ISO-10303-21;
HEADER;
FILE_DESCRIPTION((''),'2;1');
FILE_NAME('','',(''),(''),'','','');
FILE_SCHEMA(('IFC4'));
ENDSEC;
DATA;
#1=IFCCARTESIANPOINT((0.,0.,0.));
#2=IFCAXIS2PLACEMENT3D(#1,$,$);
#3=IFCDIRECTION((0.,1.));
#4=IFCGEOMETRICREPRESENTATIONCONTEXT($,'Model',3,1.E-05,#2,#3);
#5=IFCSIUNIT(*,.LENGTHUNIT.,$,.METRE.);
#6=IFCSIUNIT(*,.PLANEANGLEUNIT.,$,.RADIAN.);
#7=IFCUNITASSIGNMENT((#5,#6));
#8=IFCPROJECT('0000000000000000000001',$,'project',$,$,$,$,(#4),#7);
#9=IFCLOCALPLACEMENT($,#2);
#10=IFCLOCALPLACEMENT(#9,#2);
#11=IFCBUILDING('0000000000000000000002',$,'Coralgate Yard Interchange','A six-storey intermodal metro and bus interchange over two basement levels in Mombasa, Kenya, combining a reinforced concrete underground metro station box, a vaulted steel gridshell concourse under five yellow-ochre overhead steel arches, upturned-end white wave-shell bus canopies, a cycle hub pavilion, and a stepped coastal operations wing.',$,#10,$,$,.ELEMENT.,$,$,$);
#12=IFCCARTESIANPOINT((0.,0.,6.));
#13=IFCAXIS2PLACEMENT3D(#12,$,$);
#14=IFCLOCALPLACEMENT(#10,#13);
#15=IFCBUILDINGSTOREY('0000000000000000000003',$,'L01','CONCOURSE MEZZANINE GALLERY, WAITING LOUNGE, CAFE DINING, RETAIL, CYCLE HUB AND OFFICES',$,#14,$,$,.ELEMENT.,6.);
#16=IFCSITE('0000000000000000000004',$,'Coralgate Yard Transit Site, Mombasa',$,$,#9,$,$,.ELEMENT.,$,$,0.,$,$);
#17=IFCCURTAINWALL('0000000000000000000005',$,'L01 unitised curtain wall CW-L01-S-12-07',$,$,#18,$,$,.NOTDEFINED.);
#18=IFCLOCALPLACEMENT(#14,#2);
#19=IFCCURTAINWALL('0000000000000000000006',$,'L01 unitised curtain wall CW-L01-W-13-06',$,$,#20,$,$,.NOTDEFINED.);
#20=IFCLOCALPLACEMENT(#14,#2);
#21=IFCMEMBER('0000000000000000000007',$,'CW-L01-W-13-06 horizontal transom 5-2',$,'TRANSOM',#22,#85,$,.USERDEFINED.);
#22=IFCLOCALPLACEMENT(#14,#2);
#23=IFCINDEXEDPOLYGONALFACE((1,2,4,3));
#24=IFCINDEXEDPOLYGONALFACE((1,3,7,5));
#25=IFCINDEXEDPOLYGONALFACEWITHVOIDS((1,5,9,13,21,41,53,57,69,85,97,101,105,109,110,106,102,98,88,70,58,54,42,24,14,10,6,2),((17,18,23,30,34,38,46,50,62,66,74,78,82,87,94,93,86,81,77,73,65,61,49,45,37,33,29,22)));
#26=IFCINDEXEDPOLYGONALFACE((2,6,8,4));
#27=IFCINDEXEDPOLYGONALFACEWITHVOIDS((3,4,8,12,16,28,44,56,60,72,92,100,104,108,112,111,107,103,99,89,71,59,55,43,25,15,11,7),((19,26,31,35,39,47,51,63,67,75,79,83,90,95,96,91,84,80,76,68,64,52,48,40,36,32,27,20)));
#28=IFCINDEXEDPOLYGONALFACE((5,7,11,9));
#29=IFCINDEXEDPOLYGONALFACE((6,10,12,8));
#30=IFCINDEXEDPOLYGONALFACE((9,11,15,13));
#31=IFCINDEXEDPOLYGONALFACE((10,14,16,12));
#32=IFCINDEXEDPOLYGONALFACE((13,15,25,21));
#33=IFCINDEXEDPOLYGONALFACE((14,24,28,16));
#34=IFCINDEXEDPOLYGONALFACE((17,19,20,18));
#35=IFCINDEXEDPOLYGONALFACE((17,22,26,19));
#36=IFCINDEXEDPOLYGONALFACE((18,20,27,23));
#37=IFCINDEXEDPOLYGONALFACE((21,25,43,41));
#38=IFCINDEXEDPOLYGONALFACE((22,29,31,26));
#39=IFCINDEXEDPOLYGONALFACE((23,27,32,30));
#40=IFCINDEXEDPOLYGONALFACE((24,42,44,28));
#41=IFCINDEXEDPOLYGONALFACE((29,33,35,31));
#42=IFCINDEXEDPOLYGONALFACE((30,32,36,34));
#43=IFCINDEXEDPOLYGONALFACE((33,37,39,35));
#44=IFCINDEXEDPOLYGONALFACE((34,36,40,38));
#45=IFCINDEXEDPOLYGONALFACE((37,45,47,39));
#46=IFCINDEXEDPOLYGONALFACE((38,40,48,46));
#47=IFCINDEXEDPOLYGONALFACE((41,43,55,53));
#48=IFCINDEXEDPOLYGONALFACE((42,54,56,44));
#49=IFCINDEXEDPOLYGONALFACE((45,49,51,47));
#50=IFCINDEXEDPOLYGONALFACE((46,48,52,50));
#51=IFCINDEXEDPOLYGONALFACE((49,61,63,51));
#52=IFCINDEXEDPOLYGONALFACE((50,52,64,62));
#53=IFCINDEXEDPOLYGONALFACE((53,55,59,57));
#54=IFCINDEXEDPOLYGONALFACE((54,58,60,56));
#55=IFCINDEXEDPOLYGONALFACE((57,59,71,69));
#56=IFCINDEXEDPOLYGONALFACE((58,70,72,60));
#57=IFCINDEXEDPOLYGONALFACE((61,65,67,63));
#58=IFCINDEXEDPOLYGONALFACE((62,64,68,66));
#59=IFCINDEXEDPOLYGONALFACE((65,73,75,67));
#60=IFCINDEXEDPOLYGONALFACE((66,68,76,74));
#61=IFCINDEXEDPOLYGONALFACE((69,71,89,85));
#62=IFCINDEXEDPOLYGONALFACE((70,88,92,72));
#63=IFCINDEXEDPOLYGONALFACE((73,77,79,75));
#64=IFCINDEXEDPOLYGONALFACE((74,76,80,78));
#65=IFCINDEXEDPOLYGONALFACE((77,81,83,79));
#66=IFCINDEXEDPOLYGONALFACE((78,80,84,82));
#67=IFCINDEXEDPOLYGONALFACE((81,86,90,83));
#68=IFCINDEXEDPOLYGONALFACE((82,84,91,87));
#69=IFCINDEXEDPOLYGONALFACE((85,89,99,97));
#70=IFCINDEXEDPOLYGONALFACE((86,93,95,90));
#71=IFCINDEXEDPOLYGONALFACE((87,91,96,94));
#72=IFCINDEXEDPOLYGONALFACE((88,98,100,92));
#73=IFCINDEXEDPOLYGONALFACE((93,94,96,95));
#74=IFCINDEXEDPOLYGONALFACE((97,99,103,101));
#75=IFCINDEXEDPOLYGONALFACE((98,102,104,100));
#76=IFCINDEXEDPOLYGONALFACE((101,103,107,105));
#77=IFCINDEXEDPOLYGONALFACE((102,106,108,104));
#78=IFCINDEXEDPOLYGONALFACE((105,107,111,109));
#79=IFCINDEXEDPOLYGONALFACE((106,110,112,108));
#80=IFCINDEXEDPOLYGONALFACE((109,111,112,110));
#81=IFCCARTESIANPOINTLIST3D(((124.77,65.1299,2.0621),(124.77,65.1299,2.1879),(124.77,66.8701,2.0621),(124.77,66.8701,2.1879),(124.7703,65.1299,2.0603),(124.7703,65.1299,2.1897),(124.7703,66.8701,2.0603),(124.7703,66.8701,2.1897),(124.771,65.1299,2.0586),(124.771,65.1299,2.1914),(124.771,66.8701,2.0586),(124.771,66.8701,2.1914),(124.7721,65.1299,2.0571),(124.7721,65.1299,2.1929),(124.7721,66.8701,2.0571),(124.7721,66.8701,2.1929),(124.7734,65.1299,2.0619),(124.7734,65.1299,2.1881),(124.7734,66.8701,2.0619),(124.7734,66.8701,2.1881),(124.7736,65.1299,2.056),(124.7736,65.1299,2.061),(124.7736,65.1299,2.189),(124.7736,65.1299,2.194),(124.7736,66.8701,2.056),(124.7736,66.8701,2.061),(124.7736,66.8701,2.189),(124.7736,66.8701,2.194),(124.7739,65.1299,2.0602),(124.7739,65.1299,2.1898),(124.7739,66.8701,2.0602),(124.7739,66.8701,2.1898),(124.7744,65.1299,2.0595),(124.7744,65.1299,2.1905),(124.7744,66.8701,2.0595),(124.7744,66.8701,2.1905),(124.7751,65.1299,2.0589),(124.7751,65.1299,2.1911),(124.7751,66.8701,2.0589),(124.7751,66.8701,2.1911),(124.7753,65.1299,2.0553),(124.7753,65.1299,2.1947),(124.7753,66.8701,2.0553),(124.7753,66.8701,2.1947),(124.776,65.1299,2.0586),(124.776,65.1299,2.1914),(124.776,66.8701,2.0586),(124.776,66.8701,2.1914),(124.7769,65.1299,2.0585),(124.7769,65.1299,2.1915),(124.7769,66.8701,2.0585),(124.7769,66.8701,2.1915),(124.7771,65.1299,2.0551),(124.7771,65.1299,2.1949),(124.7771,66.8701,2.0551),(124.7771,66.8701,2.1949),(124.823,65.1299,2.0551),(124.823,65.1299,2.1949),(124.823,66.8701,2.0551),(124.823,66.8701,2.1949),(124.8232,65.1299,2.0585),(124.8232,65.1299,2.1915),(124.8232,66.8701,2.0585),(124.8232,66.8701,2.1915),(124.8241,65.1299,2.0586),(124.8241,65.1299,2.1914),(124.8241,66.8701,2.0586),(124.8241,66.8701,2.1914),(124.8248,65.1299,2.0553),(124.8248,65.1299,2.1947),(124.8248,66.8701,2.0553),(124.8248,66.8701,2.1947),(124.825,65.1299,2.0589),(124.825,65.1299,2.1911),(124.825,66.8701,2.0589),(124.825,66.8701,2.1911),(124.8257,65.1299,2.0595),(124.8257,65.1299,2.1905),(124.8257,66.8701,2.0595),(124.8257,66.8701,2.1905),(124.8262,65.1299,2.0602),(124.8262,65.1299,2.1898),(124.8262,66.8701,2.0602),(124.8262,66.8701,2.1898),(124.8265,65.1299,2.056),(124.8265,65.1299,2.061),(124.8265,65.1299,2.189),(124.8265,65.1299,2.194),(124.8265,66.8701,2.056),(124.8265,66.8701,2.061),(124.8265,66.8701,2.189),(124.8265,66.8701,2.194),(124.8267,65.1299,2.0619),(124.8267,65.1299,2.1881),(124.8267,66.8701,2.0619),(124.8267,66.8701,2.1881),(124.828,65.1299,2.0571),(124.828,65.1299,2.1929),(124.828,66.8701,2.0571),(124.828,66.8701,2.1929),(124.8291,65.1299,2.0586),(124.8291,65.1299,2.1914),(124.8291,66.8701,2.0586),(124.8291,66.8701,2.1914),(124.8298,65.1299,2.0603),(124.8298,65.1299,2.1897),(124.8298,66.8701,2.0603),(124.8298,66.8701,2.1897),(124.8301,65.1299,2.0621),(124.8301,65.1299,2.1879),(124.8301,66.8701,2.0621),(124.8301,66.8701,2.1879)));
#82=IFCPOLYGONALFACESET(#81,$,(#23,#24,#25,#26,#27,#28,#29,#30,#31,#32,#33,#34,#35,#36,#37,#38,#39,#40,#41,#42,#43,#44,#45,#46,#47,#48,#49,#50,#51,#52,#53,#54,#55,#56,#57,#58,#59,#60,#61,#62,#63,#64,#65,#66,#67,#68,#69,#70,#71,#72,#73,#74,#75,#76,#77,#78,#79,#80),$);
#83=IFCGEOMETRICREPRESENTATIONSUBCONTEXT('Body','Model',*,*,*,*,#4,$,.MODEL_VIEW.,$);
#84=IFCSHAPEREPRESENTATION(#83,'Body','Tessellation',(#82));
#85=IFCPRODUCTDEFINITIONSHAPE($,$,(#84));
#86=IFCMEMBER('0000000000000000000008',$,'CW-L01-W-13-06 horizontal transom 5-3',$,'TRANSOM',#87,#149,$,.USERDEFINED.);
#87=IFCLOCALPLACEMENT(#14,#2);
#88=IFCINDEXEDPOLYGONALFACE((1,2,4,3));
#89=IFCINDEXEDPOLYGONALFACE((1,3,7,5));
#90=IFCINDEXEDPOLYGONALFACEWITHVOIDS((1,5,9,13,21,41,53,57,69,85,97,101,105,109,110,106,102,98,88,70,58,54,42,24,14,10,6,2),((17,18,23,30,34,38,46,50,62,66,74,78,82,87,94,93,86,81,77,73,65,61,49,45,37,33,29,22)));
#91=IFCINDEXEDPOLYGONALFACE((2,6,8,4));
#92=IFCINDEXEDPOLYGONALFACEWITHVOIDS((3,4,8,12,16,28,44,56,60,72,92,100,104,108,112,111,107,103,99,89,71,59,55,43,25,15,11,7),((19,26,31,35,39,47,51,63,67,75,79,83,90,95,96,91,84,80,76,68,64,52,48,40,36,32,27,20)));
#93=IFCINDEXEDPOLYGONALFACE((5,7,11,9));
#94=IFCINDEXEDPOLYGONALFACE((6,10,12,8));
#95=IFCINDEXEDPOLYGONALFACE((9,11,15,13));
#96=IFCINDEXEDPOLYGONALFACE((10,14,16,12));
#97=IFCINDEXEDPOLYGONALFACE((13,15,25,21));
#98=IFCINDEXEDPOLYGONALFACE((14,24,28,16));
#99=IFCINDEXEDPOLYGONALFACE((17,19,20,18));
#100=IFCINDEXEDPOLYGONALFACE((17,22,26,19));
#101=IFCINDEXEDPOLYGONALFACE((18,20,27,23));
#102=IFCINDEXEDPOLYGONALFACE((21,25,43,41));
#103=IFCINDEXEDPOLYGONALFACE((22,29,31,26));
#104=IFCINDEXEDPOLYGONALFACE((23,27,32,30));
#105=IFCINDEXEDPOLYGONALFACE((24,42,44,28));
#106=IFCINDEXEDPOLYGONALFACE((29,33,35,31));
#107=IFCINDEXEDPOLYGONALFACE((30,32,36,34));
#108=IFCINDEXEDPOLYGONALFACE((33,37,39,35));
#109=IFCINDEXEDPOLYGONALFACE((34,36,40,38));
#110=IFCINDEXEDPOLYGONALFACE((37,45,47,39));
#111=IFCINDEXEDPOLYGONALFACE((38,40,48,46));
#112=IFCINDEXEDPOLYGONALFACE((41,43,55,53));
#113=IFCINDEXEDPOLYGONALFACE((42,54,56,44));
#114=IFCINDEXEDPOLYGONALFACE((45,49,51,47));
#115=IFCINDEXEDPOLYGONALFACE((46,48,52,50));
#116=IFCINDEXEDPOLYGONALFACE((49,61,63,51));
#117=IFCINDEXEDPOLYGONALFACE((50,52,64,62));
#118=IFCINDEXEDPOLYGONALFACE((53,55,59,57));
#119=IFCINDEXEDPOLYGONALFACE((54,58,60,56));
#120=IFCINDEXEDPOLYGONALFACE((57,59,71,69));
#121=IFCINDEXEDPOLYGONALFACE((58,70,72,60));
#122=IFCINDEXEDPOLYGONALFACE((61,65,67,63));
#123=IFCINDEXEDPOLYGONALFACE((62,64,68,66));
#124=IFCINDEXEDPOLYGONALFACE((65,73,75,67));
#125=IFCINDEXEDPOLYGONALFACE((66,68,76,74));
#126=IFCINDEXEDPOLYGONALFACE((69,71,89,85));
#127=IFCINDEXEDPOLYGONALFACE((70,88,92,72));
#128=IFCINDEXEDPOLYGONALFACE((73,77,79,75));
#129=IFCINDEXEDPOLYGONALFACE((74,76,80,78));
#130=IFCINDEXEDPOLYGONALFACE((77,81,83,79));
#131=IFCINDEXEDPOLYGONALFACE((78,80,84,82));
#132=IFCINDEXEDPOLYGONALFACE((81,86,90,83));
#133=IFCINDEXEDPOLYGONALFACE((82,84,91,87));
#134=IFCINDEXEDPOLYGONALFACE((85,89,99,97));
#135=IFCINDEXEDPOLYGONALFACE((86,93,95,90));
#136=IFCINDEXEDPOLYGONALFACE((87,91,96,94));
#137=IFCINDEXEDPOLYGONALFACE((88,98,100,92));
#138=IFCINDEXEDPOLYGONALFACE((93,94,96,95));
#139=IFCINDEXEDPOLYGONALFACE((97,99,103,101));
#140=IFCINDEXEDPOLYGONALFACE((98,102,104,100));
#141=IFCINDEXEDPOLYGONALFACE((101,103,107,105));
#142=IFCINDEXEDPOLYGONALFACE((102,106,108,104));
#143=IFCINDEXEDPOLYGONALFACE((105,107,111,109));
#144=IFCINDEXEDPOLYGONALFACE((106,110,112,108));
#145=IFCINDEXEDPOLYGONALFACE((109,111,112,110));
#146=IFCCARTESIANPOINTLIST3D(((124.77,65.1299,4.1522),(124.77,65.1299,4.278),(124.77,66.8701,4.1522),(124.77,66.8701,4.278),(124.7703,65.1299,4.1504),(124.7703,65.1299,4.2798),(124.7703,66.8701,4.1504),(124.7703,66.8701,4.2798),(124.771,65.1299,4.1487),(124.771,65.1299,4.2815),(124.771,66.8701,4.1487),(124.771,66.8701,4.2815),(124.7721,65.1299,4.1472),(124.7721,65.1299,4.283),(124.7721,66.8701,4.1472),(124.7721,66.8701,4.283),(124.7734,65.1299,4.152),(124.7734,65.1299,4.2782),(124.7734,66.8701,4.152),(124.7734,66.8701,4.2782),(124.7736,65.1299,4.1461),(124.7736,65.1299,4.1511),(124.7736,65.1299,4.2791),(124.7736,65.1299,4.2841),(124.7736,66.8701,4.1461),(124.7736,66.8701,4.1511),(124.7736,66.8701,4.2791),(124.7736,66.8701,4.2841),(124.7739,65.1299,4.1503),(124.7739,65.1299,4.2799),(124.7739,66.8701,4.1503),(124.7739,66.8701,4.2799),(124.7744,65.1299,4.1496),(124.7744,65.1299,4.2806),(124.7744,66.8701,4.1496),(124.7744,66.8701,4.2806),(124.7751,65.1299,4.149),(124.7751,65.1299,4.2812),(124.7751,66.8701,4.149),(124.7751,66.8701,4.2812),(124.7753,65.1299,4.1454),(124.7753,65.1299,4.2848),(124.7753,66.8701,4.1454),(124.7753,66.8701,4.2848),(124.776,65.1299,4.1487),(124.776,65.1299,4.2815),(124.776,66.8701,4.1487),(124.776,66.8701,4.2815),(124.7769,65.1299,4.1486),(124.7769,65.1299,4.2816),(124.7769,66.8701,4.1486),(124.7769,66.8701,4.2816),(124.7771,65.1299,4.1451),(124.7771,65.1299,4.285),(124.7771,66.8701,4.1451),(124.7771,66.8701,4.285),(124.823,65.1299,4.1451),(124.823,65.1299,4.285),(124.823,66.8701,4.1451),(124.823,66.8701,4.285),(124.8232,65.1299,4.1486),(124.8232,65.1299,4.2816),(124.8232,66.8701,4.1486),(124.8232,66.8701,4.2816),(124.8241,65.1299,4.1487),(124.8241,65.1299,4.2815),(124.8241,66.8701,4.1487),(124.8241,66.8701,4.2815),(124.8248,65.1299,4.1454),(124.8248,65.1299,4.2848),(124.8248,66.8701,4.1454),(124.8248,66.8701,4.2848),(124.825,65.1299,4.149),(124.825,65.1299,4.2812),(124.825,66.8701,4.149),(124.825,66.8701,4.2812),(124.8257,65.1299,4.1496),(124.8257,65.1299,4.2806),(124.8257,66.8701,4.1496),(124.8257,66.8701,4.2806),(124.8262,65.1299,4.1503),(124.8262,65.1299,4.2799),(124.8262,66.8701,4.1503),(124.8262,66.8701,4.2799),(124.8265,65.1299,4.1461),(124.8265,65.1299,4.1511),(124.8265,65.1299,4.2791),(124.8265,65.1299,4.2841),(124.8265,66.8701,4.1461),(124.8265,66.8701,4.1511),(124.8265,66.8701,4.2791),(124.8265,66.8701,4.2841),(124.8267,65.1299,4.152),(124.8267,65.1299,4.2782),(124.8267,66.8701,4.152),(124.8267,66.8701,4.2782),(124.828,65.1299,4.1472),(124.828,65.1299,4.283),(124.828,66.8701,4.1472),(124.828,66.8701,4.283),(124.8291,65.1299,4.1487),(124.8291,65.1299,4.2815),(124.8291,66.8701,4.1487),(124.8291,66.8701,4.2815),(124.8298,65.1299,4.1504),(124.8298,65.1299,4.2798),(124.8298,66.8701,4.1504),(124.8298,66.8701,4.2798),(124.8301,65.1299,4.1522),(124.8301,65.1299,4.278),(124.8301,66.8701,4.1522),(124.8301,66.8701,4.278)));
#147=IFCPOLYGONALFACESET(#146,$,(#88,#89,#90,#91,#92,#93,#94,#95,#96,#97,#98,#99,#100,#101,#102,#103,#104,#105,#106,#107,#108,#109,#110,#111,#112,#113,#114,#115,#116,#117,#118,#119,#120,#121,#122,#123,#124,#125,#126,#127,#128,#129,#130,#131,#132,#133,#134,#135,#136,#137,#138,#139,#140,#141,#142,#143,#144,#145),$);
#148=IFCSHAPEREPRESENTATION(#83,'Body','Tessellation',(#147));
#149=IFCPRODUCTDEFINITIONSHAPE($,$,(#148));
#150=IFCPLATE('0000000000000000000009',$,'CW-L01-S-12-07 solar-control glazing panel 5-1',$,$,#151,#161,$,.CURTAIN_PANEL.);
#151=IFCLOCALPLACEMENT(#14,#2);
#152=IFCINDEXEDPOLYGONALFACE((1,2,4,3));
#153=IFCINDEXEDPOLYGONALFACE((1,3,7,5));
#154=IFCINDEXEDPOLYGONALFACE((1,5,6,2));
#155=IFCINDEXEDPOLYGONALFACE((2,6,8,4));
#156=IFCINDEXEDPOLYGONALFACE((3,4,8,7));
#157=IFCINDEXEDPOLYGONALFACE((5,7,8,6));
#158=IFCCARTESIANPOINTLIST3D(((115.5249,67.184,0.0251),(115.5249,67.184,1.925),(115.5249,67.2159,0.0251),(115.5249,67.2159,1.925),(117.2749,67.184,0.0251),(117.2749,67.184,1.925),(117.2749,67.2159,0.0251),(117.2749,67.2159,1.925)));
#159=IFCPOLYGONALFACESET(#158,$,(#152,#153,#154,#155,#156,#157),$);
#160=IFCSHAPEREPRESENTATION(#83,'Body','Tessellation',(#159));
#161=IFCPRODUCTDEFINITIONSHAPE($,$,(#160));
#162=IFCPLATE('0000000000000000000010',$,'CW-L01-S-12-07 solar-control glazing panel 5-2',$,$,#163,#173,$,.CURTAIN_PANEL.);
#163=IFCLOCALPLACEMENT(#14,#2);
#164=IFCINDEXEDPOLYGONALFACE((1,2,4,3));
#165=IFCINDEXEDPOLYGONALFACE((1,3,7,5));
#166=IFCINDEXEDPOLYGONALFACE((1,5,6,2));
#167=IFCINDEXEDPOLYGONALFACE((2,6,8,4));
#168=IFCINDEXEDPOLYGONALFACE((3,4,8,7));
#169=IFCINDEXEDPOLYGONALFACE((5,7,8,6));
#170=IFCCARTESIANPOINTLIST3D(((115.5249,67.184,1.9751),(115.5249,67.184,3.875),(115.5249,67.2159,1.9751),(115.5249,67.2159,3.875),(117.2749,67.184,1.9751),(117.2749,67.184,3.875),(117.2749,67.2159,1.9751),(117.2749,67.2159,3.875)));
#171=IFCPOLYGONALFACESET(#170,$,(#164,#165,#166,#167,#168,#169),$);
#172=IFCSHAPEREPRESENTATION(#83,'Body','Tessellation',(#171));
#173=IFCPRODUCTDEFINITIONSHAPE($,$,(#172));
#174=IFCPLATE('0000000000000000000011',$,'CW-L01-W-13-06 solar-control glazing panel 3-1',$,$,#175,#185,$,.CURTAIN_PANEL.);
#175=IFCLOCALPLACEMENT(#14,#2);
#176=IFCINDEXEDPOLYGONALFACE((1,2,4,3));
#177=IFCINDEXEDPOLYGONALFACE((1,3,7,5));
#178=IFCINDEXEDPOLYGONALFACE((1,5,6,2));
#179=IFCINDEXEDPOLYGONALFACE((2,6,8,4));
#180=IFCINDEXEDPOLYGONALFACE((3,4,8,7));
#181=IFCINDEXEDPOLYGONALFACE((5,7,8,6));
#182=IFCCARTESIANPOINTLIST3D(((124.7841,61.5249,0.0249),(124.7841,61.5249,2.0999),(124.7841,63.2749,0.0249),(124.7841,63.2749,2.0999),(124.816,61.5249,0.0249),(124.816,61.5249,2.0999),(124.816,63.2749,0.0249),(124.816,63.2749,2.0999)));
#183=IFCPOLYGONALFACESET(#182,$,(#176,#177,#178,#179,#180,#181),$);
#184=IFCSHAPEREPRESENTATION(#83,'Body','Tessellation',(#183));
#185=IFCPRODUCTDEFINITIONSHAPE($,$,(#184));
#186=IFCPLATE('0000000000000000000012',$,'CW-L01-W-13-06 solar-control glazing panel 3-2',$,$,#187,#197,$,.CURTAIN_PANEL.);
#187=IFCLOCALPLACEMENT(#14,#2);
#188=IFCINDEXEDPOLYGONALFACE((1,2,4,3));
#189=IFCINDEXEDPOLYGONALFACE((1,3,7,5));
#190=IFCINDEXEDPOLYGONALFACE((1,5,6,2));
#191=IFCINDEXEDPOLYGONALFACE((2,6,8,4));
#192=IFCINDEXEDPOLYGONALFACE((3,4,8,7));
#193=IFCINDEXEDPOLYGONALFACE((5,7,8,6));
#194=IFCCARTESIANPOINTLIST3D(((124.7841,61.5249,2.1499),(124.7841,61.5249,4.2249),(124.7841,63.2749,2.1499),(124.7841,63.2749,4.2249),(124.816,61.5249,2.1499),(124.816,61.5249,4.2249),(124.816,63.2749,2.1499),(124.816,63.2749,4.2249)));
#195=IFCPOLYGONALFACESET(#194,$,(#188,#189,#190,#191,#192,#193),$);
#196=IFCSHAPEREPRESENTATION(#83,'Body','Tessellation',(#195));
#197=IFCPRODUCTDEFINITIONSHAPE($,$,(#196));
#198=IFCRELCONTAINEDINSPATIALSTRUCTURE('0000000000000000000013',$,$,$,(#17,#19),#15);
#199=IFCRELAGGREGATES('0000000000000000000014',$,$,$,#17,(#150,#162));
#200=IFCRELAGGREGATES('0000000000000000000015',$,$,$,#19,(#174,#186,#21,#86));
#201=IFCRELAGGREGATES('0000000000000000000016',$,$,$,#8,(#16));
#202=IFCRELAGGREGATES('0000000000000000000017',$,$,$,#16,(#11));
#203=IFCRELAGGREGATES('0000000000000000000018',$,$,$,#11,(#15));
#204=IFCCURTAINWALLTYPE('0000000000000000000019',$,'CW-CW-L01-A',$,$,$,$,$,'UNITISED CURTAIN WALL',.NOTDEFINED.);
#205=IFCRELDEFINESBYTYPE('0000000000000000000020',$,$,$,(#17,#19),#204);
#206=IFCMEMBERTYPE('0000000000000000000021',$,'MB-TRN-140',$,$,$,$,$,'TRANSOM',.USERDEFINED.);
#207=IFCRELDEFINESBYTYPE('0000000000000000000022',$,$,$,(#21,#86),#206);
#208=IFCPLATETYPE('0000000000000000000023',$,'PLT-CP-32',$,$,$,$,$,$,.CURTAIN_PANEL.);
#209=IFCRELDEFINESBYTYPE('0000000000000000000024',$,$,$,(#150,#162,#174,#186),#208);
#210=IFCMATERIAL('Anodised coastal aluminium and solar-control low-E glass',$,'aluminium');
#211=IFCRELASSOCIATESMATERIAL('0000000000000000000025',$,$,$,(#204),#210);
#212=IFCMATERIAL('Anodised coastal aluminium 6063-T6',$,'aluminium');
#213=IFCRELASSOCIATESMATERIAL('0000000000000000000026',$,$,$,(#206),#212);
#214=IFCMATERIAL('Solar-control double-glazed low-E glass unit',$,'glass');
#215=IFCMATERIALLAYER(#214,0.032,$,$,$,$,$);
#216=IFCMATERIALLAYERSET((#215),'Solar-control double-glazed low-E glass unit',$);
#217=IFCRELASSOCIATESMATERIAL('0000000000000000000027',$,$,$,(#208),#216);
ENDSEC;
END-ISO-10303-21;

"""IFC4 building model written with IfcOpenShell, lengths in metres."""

from ifc_helpers import new_model, si_unit, direction, frame, origin, origin_2d, place, context, subcontext, project, spatial, rectangle, hollow_rectangle, extrude, material, layer, layer_set, material_profile, profile_set, type_object, element, aggregate, save


model = new_model("IFC4")

# Units and contexts
model_context = context("Model", 3, precision=1e-05, world=origin(), true_north=direction((0.0, 1.0)))
body_context = subcontext(model_context, "Body", "Model", "MODEL_VIEW")
ifc_project = project(units=[si_unit("LENGTHUNIT", "METRE"), si_unit("PLANEANGLEUNIT", "RADIAN")], contexts=[model_context])

# Site, building, storey
site_placement = place(None, origin())
site = spatial("IfcSite", under=ifc_project, at=site_placement, Name="Coralgate Yard Transit Site, Mombasa", CompositionType="ELEMENT", RefElevation=0.0)
building_placement = place(site_placement, origin())
building = spatial("IfcBuilding", under=site, at=building_placement, Name="Coralgate Yard Interchange", Description="A six-storey intermodal metro and bus interchange over two basement levels in Mombasa, Kenya, combining a reinforced concrete underground metro station box, a vaulted steel gridshell concourse under five yellow-ochre overhead steel arches, upturned-end white wave-shell bus canopies, a cycle hub pavilion, and a stepped coastal operations wing.", CompositionType="ELEMENT")
storey_placement = place(building_placement, frame((0.0, 0.0, 6.0)))
storey = spatial("IfcBuildingStorey", under=building, at=storey_placement, Name="L01", Description="CONCOURSE MEZZANINE GALLERY, WAITING LOUNGE, CAFE DINING, RETAIL, CYCLE HUB AND OFFICES", CompositionType="ELEMENT", Elevation=6.0)

# Curtain walls
ifc_material_1 = material(Name="Anodised coastal aluminium and solar-control low-E glass", Category="aluminium")
curtain_wall_type = type_object("IfcCurtainWallType", Name="CW-CW-L01-A", ElementType="UNITISED CURTAIN WALL", PredefinedType="NOTDEFINED", material=ifc_material_1)
curtain_wall_1_placement = place(storey_placement, origin())
curtain_wall_1 = element("IfcCurtainWall", 1, at=curtain_wall_1_placement, inside=storey, type_object=curtain_wall_type, Name="L01 unitised curtain wall CW-L01-S-12-07", PredefinedType="NOTDEFINED")
ifc_material_2 = material(Name="Anodised coastal aluminium 6063-T6", Category="aluminium")
curtain_wall_2_placement = place(storey_placement, origin())
curtain_wall_2 = element("IfcCurtainWall", 2, at=curtain_wall_2_placement, inside=storey, type_object=curtain_wall_type, Name="L01 unitised curtain wall CW-L01-W-13-06", PredefinedType="NOTDEFINED")

# Members
ifc_material_profile_1 = material_profile(ifc_material_2, hollow_rectangle(XDim=0.0601, YDim=0.1399, WallThickness=0.0034, InnerFilletRadius=0.0034, OuterFilletRadius=0.0071, at=origin_2d()), Name="ALU 60x140x3.5")
ifc_profile_set_1 = profile_set([ifc_material_profile_1], Name="Anodised coastal aluminium 6063-T6")
member_type_1 = type_object("IfcMemberType", Name="MB-TRN-140", ElementType="TRANSOM", PredefinedType="USERDEFINED", material=ifc_profile_set_1)
member_1_placement = place(storey_placement, frame((124.8, 65.1299, 2.125), z_axis=(0.0, 1.0, 0.0), x_axis=(-1.0, 0.0, 0.0)))
member_1 = element("IfcMember", 3, at=member_1_placement, type_object=member_type_1, Name="CW-L01-W-13-06 horizontal transom 5-2", ObjectType="TRANSOM", PredefinedType="USERDEFINED", context=body_context, shape_type="SweptSolid", body=[
    extrude(hollow_rectangle(XDim=0.0601, YDim=0.1399, WallThickness=0.0034, InnerFilletRadius=0.0034, OuterFilletRadius=0.0071, at=origin_2d()), origin(), (0.0, 0.0, 1.0), 1.7402),
])
member_2_placement = place(storey_placement, frame((124.8, 65.1299, 4.2151), z_axis=(0.0, 1.0, 0.0), x_axis=(-1.0, 0.0, 0.0)))
member_2 = element("IfcMember", 4, at=member_2_placement, type_object=member_type_1, Name="CW-L01-W-13-06 horizontal transom 5-3", ObjectType="TRANSOM", PredefinedType="USERDEFINED", context=body_context, shape_type="SweptSolid", body=[
    extrude(hollow_rectangle(XDim=0.0601, YDim=0.1399, WallThickness=0.0034, InnerFilletRadius=0.0034, OuterFilletRadius=0.0071, at=origin_2d()), origin(), (0.0, 0.0, 1.0), 1.7402),
])

# Plates
ifc_material_3 = material(Name="Solar-control double-glazed low-E glass unit", Category="glass")
ifc_layer = layer(ifc_material_3, 0.032)
ifc_layer_set = layer_set([ifc_layer], Name="Solar-control double-glazed low-E glass unit")
plate_type = type_object("IfcPlateType", Name="PLT-CP-32", PredefinedType="CURTAIN_PANEL", material=ifc_layer_set)
plate_1_placement = place(storey_placement, frame((116.3999, 67.2, 0.0251), z_axis=(0.0, 0.0, 1.0), x_axis=(-1.0, 0.0, 0.0)))
plate_1 = element("IfcPlate", 5, at=plate_1_placement, type_object=plate_type, Name="CW-L01-S-12-07 solar-control glazing panel 5-1", PredefinedType="CURTAIN_PANEL", context=body_context, shape_type="SweptSolid", body=[
    extrude(rectangle(XDim=1.75, YDim=0.032, at=origin_2d()), origin(), (0.0, 0.0, 1.0), 1.8999),
])
plate_2_placement = place(storey_placement, frame((116.3999, 67.2, 1.9751), z_axis=(0.0, 0.0, 1.0), x_axis=(-1.0, 0.0, 0.0)))
plate_2 = element("IfcPlate", 6, at=plate_2_placement, type_object=plate_type, Name="CW-L01-S-12-07 solar-control glazing panel 5-2", PredefinedType="CURTAIN_PANEL", context=body_context, shape_type="SweptSolid", body=[
    extrude(rectangle(XDim=1.75, YDim=0.032, at=origin_2d()), origin(), (0.0, 0.0, 1.0), 1.8999),
])
aggregate(curtain_wall_1, [plate_1, plate_2])
plate_3_placement = place(storey_placement, frame((124.8, 62.3999, 0.0249), z_axis=(0.0, 0.0, 1.0), x_axis=(0.0, 1.0, 0.0)))
plate_3 = element("IfcPlate", 7, at=plate_3_placement, type_object=plate_type, Name="CW-L01-W-13-06 solar-control glazing panel 3-1", PredefinedType="CURTAIN_PANEL", context=body_context, shape_type="SweptSolid", body=[
    extrude(rectangle(XDim=1.75, YDim=0.032, at=origin_2d()), origin(), (0.0, 0.0, 1.0), 2.075),
])
plate_4_placement = place(storey_placement, frame((124.8, 62.3999, 2.1499), z_axis=(0.0, 0.0, 1.0), x_axis=(0.0, 1.0, 0.0)))
plate_4 = element("IfcPlate", 8, at=plate_4_placement, type_object=plate_type, Name="CW-L01-W-13-06 solar-control glazing panel 3-2", PredefinedType="CURTAIN_PANEL", context=body_context, shape_type="SweptSolid", body=[
    extrude(rectangle(XDim=1.75, YDim=0.032, at=origin_2d()), origin(), (0.0, 0.0, 1.0), 2.075),
])
aggregate(curtain_wall_2, [plate_3, plate_4, member_1, member_2])

save(model, "model.ifc")
